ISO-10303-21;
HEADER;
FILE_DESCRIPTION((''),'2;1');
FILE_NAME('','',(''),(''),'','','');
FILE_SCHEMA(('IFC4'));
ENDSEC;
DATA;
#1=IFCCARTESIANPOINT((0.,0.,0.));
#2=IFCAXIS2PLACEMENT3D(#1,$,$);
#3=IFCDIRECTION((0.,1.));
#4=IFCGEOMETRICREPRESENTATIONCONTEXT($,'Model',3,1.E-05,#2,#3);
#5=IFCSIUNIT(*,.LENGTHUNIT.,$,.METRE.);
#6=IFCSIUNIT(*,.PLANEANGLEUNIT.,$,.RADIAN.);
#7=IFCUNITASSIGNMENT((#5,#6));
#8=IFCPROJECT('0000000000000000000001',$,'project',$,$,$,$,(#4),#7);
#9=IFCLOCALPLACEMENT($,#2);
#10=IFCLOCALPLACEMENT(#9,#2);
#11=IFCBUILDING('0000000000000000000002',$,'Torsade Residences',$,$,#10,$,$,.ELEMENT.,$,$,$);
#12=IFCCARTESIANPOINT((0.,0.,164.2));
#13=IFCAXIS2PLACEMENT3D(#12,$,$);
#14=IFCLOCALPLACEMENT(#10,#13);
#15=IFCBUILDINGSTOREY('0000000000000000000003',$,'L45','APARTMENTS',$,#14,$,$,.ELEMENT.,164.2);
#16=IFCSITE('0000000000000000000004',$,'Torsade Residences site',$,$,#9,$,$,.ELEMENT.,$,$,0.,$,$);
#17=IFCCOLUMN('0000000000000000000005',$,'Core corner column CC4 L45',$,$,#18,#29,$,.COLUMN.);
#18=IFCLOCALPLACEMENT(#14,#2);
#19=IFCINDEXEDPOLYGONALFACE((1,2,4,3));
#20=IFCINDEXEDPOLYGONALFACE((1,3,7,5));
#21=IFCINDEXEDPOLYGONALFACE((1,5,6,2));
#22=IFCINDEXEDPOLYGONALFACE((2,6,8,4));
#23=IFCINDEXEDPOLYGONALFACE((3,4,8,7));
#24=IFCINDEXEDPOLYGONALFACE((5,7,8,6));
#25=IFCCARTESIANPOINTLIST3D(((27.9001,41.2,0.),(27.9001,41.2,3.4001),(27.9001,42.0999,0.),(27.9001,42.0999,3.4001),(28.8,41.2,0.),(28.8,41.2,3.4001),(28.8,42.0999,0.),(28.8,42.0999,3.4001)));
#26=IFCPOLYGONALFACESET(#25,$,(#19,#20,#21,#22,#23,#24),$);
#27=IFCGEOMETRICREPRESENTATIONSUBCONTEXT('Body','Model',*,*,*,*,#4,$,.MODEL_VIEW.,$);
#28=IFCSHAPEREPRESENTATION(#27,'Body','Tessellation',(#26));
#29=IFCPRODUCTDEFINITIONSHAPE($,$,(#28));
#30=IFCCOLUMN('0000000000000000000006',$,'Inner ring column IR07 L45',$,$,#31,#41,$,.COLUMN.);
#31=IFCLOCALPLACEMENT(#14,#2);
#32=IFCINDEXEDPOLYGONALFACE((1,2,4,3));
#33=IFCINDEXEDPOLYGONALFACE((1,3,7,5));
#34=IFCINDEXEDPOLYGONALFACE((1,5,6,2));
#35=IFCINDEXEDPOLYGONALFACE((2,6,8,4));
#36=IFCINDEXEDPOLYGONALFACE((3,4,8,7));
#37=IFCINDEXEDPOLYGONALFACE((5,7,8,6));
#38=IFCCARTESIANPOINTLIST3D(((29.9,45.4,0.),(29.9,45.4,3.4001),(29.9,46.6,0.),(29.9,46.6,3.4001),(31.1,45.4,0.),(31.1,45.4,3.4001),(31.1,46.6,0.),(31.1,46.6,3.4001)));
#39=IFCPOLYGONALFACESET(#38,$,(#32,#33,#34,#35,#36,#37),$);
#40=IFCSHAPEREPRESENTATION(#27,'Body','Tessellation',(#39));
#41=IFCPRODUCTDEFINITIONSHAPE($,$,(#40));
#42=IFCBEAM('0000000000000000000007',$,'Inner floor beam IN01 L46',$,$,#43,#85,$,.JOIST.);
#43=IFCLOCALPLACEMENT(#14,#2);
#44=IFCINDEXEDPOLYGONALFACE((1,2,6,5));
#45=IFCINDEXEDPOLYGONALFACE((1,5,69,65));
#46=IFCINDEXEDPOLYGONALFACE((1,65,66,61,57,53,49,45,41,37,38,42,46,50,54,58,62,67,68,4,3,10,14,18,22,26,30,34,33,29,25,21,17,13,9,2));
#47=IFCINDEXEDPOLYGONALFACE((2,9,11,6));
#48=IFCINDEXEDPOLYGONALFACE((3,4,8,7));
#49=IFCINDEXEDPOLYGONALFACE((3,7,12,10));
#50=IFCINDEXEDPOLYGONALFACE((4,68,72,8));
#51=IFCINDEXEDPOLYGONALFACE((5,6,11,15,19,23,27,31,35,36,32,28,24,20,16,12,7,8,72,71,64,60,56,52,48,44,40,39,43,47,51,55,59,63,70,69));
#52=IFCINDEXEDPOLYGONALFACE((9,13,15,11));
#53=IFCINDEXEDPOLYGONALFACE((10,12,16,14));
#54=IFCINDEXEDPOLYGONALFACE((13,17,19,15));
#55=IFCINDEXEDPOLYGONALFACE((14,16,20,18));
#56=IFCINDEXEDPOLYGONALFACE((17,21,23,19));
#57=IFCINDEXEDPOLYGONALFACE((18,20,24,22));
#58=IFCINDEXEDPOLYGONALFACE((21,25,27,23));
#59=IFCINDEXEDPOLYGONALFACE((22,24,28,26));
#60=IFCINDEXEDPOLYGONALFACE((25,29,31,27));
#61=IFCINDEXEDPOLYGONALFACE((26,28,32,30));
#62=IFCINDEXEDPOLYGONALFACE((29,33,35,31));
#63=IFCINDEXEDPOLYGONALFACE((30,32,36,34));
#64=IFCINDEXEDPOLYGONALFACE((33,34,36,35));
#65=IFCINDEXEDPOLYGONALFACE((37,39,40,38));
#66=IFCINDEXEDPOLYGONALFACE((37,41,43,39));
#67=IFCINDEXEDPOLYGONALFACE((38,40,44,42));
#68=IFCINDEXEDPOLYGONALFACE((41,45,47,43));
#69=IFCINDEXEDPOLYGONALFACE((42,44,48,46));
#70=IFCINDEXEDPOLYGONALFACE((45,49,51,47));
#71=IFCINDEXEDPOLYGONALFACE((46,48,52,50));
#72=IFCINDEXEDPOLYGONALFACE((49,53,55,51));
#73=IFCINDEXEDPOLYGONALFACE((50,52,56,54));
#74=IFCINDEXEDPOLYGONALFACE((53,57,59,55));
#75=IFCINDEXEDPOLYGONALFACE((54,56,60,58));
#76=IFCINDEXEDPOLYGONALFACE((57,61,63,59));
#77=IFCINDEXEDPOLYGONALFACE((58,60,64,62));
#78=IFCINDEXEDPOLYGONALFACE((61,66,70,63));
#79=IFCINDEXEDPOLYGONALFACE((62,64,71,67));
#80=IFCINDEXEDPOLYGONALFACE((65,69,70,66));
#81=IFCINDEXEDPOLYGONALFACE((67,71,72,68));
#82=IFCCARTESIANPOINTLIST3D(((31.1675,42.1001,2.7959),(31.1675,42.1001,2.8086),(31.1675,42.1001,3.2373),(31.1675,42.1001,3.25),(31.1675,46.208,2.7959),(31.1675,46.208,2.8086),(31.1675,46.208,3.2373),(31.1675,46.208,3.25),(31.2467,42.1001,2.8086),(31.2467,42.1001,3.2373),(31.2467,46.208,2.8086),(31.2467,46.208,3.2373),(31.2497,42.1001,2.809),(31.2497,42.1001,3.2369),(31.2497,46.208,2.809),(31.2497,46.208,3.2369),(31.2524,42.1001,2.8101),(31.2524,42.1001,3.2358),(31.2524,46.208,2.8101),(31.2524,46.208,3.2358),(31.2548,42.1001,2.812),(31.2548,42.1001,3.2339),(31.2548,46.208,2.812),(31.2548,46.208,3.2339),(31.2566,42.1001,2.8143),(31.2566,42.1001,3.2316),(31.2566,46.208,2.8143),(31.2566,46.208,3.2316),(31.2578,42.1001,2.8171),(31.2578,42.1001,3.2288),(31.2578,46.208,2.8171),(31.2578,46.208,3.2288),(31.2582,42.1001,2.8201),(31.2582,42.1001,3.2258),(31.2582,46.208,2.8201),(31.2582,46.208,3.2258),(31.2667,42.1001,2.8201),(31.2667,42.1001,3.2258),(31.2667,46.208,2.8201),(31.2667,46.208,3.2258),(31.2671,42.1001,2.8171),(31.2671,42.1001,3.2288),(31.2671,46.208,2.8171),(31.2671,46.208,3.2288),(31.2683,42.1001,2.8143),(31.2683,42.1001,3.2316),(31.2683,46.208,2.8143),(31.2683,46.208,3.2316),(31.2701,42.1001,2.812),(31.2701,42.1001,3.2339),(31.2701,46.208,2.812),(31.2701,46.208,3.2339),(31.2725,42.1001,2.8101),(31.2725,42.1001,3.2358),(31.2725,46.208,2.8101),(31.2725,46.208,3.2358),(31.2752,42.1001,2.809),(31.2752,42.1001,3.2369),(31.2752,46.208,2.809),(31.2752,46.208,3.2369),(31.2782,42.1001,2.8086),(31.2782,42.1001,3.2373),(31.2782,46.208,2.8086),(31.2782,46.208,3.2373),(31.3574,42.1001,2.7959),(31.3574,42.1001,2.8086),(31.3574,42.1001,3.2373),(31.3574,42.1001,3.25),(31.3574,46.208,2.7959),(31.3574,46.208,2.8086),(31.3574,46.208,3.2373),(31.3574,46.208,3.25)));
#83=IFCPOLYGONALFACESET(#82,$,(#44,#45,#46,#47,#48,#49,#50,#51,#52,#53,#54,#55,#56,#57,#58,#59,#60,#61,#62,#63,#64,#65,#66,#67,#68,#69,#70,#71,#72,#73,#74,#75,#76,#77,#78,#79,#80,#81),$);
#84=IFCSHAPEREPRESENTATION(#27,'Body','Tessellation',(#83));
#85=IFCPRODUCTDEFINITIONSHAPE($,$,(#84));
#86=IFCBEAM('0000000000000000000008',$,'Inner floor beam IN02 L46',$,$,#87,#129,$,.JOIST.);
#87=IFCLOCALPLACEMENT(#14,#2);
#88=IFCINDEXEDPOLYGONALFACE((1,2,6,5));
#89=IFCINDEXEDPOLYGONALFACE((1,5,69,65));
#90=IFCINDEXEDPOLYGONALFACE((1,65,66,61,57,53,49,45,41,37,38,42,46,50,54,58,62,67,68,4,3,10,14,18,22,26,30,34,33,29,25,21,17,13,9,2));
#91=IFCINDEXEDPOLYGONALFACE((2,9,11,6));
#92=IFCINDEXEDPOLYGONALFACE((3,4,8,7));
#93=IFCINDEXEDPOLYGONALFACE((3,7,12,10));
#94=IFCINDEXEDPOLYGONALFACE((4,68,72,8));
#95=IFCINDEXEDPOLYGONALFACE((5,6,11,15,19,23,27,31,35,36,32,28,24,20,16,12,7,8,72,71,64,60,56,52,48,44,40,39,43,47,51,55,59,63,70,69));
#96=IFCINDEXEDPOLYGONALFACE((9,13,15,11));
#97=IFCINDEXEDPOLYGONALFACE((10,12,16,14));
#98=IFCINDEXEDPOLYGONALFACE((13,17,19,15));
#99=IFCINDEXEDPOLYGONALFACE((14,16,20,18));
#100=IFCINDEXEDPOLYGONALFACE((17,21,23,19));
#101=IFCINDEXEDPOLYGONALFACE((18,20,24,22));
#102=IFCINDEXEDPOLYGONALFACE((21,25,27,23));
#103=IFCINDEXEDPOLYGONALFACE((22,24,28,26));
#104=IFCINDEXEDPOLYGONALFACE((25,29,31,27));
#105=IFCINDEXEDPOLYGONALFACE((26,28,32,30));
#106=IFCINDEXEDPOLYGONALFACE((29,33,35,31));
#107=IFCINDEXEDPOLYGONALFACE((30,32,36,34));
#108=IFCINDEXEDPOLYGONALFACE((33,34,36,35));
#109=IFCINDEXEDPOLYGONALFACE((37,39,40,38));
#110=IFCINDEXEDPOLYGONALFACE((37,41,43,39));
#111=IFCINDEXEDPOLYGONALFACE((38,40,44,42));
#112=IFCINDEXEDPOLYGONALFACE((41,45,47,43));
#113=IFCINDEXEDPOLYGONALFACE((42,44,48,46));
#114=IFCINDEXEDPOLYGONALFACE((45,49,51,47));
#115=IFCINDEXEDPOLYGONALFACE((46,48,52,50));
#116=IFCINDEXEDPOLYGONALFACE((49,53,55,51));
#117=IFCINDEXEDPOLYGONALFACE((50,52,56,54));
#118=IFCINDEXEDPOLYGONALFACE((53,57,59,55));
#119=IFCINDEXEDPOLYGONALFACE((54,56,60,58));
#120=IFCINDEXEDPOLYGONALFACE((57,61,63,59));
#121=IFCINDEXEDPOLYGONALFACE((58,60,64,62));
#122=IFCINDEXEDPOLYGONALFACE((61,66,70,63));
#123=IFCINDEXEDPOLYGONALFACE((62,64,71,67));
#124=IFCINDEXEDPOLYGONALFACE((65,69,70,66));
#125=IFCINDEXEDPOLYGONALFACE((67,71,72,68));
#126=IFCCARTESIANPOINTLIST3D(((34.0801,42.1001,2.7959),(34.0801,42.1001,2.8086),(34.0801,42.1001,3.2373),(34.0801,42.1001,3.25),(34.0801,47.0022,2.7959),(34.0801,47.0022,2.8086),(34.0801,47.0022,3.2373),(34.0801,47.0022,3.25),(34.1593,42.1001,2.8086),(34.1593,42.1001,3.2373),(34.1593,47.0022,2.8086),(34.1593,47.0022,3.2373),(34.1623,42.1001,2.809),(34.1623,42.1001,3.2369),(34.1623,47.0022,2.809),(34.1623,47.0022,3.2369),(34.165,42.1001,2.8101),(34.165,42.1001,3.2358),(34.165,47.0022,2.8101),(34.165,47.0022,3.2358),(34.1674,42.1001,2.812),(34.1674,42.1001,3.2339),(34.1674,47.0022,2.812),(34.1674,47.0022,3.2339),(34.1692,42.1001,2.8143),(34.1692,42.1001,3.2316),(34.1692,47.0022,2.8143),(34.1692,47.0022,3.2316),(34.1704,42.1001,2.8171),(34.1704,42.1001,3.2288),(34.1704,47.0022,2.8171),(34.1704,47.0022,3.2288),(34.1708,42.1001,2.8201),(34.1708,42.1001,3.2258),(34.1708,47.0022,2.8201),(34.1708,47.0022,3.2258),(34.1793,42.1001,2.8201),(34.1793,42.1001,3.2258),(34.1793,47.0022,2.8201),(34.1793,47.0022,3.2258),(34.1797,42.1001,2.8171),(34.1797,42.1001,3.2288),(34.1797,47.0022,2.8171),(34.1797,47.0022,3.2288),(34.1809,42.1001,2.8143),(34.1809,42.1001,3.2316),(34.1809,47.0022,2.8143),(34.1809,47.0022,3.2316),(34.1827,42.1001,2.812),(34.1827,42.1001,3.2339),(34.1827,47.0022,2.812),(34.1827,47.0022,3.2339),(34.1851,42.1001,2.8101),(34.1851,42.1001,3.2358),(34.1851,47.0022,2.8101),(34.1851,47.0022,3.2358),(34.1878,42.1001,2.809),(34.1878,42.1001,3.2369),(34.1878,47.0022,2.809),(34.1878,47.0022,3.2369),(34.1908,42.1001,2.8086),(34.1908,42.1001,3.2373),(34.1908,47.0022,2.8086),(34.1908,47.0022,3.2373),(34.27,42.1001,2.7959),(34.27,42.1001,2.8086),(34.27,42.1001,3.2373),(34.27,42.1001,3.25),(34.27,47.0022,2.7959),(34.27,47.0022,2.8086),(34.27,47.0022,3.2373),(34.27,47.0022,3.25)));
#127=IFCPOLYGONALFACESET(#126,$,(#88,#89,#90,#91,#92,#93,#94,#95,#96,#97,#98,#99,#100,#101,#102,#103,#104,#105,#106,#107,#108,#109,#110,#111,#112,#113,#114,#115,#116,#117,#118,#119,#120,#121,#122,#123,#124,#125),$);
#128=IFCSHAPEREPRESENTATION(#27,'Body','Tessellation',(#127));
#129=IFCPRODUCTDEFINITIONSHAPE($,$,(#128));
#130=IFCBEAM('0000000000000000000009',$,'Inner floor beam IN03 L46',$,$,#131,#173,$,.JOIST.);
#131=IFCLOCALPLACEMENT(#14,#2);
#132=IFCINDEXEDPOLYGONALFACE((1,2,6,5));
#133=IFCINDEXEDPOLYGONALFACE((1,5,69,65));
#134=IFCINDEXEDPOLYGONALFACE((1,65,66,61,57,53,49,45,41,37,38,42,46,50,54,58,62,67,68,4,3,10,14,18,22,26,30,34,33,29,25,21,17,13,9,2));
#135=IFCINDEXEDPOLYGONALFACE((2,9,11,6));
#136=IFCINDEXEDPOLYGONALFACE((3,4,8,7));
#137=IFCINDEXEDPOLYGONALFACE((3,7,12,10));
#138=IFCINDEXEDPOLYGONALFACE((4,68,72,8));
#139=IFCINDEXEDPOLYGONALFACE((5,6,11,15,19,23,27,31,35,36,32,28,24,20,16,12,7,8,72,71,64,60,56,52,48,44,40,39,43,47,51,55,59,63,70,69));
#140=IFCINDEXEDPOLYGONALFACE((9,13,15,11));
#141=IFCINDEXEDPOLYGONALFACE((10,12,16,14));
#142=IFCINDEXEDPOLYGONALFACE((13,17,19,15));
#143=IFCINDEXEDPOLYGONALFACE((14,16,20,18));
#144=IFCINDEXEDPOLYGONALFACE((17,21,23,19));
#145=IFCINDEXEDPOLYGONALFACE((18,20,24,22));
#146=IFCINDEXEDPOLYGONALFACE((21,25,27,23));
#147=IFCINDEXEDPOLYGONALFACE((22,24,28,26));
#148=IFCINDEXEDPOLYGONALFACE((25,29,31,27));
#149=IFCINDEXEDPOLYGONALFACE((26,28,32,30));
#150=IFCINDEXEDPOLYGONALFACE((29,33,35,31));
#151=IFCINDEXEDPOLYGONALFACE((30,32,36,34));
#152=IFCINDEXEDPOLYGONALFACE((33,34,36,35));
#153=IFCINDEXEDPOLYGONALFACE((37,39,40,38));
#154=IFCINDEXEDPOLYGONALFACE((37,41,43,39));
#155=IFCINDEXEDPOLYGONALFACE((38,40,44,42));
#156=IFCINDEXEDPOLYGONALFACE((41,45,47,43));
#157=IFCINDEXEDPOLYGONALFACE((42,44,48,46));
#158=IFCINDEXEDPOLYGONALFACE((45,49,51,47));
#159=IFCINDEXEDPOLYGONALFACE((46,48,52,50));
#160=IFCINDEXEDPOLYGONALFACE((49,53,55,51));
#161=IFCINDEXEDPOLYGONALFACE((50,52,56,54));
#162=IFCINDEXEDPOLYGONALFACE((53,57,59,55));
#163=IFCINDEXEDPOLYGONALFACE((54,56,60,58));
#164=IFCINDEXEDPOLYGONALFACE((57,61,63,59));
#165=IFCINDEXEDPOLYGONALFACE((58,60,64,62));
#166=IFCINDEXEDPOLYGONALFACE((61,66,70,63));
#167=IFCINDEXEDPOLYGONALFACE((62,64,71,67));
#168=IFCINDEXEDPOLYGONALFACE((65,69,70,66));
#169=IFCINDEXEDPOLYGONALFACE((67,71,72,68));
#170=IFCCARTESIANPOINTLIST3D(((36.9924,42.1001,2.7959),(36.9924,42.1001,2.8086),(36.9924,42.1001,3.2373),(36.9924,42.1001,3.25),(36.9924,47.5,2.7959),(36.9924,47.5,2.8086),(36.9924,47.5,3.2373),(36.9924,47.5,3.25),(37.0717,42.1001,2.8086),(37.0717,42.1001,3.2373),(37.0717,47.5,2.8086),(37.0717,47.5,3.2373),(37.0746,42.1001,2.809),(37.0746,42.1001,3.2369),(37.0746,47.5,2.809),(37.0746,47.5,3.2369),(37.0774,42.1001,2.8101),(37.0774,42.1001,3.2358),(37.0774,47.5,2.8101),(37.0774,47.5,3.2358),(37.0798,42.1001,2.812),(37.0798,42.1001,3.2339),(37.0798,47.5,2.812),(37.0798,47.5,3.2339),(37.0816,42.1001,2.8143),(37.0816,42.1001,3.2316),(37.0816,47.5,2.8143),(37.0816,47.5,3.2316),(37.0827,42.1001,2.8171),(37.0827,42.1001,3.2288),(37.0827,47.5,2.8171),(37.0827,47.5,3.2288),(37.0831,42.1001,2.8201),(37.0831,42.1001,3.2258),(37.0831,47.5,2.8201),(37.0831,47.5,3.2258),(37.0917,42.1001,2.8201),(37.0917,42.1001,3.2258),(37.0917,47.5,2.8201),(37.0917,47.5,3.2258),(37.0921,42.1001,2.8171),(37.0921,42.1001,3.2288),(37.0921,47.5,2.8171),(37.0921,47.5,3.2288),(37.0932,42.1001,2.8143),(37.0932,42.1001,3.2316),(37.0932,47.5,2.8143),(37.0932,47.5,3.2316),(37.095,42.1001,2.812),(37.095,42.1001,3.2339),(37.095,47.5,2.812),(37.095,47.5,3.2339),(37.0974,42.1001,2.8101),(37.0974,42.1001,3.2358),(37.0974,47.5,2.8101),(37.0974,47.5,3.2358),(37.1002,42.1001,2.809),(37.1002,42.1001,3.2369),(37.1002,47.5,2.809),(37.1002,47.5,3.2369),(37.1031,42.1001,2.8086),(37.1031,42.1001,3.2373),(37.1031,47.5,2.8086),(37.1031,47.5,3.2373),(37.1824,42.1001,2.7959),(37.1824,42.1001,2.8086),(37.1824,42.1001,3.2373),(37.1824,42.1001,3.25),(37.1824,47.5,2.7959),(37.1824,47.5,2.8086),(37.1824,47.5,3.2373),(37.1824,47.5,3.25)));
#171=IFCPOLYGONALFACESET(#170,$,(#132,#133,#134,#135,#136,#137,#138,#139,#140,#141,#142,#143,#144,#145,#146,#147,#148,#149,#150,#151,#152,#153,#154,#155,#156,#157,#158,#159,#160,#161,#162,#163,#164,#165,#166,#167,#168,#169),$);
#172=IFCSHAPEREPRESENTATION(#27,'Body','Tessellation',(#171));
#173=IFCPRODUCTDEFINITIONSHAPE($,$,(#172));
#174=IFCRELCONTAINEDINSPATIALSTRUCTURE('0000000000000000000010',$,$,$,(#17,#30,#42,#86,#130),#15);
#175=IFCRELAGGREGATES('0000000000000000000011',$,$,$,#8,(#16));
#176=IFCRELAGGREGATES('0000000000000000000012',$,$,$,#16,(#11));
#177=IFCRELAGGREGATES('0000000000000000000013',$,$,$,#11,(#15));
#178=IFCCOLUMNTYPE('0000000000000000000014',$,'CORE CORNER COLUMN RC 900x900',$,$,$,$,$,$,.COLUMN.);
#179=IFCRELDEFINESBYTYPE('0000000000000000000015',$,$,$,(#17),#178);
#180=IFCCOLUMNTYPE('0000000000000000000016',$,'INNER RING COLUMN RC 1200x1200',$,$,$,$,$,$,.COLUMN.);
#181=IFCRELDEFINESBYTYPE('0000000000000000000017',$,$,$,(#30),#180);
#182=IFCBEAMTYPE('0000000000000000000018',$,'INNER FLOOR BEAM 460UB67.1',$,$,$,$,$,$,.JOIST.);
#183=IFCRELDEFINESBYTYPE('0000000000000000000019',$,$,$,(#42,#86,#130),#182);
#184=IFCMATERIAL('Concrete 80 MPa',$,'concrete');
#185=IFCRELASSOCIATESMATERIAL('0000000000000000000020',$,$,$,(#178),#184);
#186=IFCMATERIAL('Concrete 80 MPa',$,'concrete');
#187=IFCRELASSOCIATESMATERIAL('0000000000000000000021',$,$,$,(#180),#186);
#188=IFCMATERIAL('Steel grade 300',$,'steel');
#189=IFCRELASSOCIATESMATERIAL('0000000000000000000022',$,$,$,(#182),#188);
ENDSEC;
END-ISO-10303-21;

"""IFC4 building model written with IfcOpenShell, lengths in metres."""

from ifc_helpers import new_model, si_unit, direction, frame, origin, origin_2d, place, context, subcontext, project, spatial, rectangle, i_section, extrude, material, material_profile, profile_set, type_object, element, save


model = new_model("IFC4")

# Units and contexts
model_context = context("Model", 3, precision=1e-05, world=origin(), true_north=direction((0.0, 1.0)))
body_context = subcontext(model_context, "Body", "Model", "MODEL_VIEW")
ifc_project = project(units=[si_unit("LENGTHUNIT", "METRE"), si_unit("PLANEANGLEUNIT", "RADIAN")], contexts=[model_context])

# Site, building, storey
site_placement = place(None, origin())
site = spatial("IfcSite", under=ifc_project, at=site_placement, Name="Torsade Residences site", CompositionType="ELEMENT", RefElevation=0.0)
building_placement = place(site_placement, origin())
building = spatial("IfcBuilding", under=site, at=building_placement, Name="Torsade Residences", CompositionType="ELEMENT")
storey_placement = place(building_placement, frame((0.0, 0.0, 164.2)))
storey = spatial("IfcBuildingStorey", under=building, at=storey_placement, Name="L45", Description="APARTMENTS", CompositionType="ELEMENT", Elevation=164.2)

# Columns
ifc_material_1 = material(Name="Concrete 80 MPa", Category="concrete")
ifc_material_profile_1 = material_profile(ifc_material_1, rectangle(XDim=0.8999, YDim=0.8999, at=origin_2d()), Name="RC 900x900")
ifc_profile_set_1 = profile_set([ifc_material_profile_1], Name="Concrete 80 MPa")
column_type_1 = type_object("IfcColumnType", Name="CORE CORNER COLUMN RC 900x900", PredefinedType="COLUMN", material=ifc_profile_set_1)
column_1_placement = place(storey_placement, frame((28.3501, 41.6499, 0.0), z_axis=(0.0, 0.0, 1.0), x_axis=(1.0, 0.0, 0.0)))
element("IfcColumn", 1, at=column_1_placement, inside=storey, type_object=column_type_1, Name="Core corner column CC4 L45", PredefinedType="COLUMN", context=body_context, shape_type="SweptSolid", body=[
    extrude(rectangle(XDim=0.8999, YDim=0.8999, at=origin_2d()), origin(), (0.0, 0.0, 1.0), 3.4001),
])
ifc_material_2 = material(Name="Concrete 80 MPa", Category="concrete")
ifc_material_profile_2 = material_profile(ifc_material_2, rectangle(XDim=1.2, YDim=1.2, at=origin_2d()), Name="RC 1200x1200")
ifc_profile_set_2 = profile_set([ifc_material_profile_2], Name="Concrete 80 MPa")
column_type_2 = type_object("IfcColumnType", Name="INNER RING COLUMN RC 1200x1200", PredefinedType="COLUMN", material=ifc_profile_set_2)
column_2_placement = place(storey_placement, frame((30.5, 46.0, 0.0), z_axis=(0.0, 0.0, 1.0), x_axis=(1.0, 0.0, 0.0)))
element("IfcColumn", 2, at=column_2_placement, inside=storey, type_object=column_type_2, Name="Inner ring column IR07 L45", PredefinedType="COLUMN", context=body_context, shape_type="SweptSolid", body=[
    extrude(rectangle(XDim=1.2, YDim=1.2, at=origin_2d()), origin(), (0.0, 0.0, 1.0), 3.4001),
])

# Beams
ifc_material_3 = material(Name="Steel grade 300", Category="steel")
ifc_material_profile_3 = material_profile(ifc_material_3, i_section(OverallWidth=0.1899, OverallDepth=0.4541, WebThickness=0.0085, FlangeThickness=0.0127, FilletRadius=0.0115, at=origin_2d()), Name="460UB67.1")
ifc_profile_set_3 = profile_set([ifc_material_profile_3], Name="Steel grade 300")
beam_type = type_object("IfcBeamType", Name="INNER FLOOR BEAM 460UB67.1", PredefinedType="JOIST", material=ifc_profile_set_3)
beam_1_placement = place(storey_placement, frame((31.2625, 42.1001, 3.0229), z_axis=(0.0, 1.0, 0.0), x_axis=(-1.0, 0.0, 0.0)))
element("IfcBeam", 3, at=beam_1_placement, inside=storey, type_object=beam_type, Name="Inner floor beam IN01 L46", PredefinedType="JOIST", context=body_context, shape_type="SweptSolid", body=[
    extrude(i_section(OverallWidth=0.1899, OverallDepth=0.4541, WebThickness=0.0085, FlangeThickness=0.0127, FilletRadius=0.0115, at=origin_2d()), origin(), (0.0, 0.0, 1.0), 4.1079),
])
beam_2_placement = place(storey_placement, frame((34.175, 42.1001, 3.0229), z_axis=(0.0, 1.0, 0.0), x_axis=(-1.0, 0.0, 0.0)))
element("IfcBeam", 4, at=beam_2_placement, inside=storey, type_object=beam_type, Name="Inner floor beam IN02 L46", PredefinedType="JOIST", context=body_context, shape_type="SweptSolid", body=[
    extrude(i_section(OverallWidth=0.1899, OverallDepth=0.4541, WebThickness=0.0085, FlangeThickness=0.0127, FilletRadius=0.0115, at=origin_2d()), origin(), (0.0, 0.0, 1.0), 4.9021),
])
beam_3_placement = place(storey_placement, frame((37.0874, 42.1001, 3.0229), z_axis=(0.0, 1.0, 0.0), x_axis=(-1.0, 0.0, 0.0)))
element("IfcBeam", 5, at=beam_3_placement, inside=storey, type_object=beam_type, Name="Inner floor beam IN03 L46", PredefinedType="JOIST", context=body_context, shape_type="SweptSolid", body=[
    extrude(i_section(OverallWidth=0.1899, OverallDepth=0.4541, WebThickness=0.0085, FlangeThickness=0.0127, FilletRadius=0.0115, at=origin_2d()), origin(), (0.0, 0.0, 1.0), 5.3999),
])

save(model, "model.ifc")
